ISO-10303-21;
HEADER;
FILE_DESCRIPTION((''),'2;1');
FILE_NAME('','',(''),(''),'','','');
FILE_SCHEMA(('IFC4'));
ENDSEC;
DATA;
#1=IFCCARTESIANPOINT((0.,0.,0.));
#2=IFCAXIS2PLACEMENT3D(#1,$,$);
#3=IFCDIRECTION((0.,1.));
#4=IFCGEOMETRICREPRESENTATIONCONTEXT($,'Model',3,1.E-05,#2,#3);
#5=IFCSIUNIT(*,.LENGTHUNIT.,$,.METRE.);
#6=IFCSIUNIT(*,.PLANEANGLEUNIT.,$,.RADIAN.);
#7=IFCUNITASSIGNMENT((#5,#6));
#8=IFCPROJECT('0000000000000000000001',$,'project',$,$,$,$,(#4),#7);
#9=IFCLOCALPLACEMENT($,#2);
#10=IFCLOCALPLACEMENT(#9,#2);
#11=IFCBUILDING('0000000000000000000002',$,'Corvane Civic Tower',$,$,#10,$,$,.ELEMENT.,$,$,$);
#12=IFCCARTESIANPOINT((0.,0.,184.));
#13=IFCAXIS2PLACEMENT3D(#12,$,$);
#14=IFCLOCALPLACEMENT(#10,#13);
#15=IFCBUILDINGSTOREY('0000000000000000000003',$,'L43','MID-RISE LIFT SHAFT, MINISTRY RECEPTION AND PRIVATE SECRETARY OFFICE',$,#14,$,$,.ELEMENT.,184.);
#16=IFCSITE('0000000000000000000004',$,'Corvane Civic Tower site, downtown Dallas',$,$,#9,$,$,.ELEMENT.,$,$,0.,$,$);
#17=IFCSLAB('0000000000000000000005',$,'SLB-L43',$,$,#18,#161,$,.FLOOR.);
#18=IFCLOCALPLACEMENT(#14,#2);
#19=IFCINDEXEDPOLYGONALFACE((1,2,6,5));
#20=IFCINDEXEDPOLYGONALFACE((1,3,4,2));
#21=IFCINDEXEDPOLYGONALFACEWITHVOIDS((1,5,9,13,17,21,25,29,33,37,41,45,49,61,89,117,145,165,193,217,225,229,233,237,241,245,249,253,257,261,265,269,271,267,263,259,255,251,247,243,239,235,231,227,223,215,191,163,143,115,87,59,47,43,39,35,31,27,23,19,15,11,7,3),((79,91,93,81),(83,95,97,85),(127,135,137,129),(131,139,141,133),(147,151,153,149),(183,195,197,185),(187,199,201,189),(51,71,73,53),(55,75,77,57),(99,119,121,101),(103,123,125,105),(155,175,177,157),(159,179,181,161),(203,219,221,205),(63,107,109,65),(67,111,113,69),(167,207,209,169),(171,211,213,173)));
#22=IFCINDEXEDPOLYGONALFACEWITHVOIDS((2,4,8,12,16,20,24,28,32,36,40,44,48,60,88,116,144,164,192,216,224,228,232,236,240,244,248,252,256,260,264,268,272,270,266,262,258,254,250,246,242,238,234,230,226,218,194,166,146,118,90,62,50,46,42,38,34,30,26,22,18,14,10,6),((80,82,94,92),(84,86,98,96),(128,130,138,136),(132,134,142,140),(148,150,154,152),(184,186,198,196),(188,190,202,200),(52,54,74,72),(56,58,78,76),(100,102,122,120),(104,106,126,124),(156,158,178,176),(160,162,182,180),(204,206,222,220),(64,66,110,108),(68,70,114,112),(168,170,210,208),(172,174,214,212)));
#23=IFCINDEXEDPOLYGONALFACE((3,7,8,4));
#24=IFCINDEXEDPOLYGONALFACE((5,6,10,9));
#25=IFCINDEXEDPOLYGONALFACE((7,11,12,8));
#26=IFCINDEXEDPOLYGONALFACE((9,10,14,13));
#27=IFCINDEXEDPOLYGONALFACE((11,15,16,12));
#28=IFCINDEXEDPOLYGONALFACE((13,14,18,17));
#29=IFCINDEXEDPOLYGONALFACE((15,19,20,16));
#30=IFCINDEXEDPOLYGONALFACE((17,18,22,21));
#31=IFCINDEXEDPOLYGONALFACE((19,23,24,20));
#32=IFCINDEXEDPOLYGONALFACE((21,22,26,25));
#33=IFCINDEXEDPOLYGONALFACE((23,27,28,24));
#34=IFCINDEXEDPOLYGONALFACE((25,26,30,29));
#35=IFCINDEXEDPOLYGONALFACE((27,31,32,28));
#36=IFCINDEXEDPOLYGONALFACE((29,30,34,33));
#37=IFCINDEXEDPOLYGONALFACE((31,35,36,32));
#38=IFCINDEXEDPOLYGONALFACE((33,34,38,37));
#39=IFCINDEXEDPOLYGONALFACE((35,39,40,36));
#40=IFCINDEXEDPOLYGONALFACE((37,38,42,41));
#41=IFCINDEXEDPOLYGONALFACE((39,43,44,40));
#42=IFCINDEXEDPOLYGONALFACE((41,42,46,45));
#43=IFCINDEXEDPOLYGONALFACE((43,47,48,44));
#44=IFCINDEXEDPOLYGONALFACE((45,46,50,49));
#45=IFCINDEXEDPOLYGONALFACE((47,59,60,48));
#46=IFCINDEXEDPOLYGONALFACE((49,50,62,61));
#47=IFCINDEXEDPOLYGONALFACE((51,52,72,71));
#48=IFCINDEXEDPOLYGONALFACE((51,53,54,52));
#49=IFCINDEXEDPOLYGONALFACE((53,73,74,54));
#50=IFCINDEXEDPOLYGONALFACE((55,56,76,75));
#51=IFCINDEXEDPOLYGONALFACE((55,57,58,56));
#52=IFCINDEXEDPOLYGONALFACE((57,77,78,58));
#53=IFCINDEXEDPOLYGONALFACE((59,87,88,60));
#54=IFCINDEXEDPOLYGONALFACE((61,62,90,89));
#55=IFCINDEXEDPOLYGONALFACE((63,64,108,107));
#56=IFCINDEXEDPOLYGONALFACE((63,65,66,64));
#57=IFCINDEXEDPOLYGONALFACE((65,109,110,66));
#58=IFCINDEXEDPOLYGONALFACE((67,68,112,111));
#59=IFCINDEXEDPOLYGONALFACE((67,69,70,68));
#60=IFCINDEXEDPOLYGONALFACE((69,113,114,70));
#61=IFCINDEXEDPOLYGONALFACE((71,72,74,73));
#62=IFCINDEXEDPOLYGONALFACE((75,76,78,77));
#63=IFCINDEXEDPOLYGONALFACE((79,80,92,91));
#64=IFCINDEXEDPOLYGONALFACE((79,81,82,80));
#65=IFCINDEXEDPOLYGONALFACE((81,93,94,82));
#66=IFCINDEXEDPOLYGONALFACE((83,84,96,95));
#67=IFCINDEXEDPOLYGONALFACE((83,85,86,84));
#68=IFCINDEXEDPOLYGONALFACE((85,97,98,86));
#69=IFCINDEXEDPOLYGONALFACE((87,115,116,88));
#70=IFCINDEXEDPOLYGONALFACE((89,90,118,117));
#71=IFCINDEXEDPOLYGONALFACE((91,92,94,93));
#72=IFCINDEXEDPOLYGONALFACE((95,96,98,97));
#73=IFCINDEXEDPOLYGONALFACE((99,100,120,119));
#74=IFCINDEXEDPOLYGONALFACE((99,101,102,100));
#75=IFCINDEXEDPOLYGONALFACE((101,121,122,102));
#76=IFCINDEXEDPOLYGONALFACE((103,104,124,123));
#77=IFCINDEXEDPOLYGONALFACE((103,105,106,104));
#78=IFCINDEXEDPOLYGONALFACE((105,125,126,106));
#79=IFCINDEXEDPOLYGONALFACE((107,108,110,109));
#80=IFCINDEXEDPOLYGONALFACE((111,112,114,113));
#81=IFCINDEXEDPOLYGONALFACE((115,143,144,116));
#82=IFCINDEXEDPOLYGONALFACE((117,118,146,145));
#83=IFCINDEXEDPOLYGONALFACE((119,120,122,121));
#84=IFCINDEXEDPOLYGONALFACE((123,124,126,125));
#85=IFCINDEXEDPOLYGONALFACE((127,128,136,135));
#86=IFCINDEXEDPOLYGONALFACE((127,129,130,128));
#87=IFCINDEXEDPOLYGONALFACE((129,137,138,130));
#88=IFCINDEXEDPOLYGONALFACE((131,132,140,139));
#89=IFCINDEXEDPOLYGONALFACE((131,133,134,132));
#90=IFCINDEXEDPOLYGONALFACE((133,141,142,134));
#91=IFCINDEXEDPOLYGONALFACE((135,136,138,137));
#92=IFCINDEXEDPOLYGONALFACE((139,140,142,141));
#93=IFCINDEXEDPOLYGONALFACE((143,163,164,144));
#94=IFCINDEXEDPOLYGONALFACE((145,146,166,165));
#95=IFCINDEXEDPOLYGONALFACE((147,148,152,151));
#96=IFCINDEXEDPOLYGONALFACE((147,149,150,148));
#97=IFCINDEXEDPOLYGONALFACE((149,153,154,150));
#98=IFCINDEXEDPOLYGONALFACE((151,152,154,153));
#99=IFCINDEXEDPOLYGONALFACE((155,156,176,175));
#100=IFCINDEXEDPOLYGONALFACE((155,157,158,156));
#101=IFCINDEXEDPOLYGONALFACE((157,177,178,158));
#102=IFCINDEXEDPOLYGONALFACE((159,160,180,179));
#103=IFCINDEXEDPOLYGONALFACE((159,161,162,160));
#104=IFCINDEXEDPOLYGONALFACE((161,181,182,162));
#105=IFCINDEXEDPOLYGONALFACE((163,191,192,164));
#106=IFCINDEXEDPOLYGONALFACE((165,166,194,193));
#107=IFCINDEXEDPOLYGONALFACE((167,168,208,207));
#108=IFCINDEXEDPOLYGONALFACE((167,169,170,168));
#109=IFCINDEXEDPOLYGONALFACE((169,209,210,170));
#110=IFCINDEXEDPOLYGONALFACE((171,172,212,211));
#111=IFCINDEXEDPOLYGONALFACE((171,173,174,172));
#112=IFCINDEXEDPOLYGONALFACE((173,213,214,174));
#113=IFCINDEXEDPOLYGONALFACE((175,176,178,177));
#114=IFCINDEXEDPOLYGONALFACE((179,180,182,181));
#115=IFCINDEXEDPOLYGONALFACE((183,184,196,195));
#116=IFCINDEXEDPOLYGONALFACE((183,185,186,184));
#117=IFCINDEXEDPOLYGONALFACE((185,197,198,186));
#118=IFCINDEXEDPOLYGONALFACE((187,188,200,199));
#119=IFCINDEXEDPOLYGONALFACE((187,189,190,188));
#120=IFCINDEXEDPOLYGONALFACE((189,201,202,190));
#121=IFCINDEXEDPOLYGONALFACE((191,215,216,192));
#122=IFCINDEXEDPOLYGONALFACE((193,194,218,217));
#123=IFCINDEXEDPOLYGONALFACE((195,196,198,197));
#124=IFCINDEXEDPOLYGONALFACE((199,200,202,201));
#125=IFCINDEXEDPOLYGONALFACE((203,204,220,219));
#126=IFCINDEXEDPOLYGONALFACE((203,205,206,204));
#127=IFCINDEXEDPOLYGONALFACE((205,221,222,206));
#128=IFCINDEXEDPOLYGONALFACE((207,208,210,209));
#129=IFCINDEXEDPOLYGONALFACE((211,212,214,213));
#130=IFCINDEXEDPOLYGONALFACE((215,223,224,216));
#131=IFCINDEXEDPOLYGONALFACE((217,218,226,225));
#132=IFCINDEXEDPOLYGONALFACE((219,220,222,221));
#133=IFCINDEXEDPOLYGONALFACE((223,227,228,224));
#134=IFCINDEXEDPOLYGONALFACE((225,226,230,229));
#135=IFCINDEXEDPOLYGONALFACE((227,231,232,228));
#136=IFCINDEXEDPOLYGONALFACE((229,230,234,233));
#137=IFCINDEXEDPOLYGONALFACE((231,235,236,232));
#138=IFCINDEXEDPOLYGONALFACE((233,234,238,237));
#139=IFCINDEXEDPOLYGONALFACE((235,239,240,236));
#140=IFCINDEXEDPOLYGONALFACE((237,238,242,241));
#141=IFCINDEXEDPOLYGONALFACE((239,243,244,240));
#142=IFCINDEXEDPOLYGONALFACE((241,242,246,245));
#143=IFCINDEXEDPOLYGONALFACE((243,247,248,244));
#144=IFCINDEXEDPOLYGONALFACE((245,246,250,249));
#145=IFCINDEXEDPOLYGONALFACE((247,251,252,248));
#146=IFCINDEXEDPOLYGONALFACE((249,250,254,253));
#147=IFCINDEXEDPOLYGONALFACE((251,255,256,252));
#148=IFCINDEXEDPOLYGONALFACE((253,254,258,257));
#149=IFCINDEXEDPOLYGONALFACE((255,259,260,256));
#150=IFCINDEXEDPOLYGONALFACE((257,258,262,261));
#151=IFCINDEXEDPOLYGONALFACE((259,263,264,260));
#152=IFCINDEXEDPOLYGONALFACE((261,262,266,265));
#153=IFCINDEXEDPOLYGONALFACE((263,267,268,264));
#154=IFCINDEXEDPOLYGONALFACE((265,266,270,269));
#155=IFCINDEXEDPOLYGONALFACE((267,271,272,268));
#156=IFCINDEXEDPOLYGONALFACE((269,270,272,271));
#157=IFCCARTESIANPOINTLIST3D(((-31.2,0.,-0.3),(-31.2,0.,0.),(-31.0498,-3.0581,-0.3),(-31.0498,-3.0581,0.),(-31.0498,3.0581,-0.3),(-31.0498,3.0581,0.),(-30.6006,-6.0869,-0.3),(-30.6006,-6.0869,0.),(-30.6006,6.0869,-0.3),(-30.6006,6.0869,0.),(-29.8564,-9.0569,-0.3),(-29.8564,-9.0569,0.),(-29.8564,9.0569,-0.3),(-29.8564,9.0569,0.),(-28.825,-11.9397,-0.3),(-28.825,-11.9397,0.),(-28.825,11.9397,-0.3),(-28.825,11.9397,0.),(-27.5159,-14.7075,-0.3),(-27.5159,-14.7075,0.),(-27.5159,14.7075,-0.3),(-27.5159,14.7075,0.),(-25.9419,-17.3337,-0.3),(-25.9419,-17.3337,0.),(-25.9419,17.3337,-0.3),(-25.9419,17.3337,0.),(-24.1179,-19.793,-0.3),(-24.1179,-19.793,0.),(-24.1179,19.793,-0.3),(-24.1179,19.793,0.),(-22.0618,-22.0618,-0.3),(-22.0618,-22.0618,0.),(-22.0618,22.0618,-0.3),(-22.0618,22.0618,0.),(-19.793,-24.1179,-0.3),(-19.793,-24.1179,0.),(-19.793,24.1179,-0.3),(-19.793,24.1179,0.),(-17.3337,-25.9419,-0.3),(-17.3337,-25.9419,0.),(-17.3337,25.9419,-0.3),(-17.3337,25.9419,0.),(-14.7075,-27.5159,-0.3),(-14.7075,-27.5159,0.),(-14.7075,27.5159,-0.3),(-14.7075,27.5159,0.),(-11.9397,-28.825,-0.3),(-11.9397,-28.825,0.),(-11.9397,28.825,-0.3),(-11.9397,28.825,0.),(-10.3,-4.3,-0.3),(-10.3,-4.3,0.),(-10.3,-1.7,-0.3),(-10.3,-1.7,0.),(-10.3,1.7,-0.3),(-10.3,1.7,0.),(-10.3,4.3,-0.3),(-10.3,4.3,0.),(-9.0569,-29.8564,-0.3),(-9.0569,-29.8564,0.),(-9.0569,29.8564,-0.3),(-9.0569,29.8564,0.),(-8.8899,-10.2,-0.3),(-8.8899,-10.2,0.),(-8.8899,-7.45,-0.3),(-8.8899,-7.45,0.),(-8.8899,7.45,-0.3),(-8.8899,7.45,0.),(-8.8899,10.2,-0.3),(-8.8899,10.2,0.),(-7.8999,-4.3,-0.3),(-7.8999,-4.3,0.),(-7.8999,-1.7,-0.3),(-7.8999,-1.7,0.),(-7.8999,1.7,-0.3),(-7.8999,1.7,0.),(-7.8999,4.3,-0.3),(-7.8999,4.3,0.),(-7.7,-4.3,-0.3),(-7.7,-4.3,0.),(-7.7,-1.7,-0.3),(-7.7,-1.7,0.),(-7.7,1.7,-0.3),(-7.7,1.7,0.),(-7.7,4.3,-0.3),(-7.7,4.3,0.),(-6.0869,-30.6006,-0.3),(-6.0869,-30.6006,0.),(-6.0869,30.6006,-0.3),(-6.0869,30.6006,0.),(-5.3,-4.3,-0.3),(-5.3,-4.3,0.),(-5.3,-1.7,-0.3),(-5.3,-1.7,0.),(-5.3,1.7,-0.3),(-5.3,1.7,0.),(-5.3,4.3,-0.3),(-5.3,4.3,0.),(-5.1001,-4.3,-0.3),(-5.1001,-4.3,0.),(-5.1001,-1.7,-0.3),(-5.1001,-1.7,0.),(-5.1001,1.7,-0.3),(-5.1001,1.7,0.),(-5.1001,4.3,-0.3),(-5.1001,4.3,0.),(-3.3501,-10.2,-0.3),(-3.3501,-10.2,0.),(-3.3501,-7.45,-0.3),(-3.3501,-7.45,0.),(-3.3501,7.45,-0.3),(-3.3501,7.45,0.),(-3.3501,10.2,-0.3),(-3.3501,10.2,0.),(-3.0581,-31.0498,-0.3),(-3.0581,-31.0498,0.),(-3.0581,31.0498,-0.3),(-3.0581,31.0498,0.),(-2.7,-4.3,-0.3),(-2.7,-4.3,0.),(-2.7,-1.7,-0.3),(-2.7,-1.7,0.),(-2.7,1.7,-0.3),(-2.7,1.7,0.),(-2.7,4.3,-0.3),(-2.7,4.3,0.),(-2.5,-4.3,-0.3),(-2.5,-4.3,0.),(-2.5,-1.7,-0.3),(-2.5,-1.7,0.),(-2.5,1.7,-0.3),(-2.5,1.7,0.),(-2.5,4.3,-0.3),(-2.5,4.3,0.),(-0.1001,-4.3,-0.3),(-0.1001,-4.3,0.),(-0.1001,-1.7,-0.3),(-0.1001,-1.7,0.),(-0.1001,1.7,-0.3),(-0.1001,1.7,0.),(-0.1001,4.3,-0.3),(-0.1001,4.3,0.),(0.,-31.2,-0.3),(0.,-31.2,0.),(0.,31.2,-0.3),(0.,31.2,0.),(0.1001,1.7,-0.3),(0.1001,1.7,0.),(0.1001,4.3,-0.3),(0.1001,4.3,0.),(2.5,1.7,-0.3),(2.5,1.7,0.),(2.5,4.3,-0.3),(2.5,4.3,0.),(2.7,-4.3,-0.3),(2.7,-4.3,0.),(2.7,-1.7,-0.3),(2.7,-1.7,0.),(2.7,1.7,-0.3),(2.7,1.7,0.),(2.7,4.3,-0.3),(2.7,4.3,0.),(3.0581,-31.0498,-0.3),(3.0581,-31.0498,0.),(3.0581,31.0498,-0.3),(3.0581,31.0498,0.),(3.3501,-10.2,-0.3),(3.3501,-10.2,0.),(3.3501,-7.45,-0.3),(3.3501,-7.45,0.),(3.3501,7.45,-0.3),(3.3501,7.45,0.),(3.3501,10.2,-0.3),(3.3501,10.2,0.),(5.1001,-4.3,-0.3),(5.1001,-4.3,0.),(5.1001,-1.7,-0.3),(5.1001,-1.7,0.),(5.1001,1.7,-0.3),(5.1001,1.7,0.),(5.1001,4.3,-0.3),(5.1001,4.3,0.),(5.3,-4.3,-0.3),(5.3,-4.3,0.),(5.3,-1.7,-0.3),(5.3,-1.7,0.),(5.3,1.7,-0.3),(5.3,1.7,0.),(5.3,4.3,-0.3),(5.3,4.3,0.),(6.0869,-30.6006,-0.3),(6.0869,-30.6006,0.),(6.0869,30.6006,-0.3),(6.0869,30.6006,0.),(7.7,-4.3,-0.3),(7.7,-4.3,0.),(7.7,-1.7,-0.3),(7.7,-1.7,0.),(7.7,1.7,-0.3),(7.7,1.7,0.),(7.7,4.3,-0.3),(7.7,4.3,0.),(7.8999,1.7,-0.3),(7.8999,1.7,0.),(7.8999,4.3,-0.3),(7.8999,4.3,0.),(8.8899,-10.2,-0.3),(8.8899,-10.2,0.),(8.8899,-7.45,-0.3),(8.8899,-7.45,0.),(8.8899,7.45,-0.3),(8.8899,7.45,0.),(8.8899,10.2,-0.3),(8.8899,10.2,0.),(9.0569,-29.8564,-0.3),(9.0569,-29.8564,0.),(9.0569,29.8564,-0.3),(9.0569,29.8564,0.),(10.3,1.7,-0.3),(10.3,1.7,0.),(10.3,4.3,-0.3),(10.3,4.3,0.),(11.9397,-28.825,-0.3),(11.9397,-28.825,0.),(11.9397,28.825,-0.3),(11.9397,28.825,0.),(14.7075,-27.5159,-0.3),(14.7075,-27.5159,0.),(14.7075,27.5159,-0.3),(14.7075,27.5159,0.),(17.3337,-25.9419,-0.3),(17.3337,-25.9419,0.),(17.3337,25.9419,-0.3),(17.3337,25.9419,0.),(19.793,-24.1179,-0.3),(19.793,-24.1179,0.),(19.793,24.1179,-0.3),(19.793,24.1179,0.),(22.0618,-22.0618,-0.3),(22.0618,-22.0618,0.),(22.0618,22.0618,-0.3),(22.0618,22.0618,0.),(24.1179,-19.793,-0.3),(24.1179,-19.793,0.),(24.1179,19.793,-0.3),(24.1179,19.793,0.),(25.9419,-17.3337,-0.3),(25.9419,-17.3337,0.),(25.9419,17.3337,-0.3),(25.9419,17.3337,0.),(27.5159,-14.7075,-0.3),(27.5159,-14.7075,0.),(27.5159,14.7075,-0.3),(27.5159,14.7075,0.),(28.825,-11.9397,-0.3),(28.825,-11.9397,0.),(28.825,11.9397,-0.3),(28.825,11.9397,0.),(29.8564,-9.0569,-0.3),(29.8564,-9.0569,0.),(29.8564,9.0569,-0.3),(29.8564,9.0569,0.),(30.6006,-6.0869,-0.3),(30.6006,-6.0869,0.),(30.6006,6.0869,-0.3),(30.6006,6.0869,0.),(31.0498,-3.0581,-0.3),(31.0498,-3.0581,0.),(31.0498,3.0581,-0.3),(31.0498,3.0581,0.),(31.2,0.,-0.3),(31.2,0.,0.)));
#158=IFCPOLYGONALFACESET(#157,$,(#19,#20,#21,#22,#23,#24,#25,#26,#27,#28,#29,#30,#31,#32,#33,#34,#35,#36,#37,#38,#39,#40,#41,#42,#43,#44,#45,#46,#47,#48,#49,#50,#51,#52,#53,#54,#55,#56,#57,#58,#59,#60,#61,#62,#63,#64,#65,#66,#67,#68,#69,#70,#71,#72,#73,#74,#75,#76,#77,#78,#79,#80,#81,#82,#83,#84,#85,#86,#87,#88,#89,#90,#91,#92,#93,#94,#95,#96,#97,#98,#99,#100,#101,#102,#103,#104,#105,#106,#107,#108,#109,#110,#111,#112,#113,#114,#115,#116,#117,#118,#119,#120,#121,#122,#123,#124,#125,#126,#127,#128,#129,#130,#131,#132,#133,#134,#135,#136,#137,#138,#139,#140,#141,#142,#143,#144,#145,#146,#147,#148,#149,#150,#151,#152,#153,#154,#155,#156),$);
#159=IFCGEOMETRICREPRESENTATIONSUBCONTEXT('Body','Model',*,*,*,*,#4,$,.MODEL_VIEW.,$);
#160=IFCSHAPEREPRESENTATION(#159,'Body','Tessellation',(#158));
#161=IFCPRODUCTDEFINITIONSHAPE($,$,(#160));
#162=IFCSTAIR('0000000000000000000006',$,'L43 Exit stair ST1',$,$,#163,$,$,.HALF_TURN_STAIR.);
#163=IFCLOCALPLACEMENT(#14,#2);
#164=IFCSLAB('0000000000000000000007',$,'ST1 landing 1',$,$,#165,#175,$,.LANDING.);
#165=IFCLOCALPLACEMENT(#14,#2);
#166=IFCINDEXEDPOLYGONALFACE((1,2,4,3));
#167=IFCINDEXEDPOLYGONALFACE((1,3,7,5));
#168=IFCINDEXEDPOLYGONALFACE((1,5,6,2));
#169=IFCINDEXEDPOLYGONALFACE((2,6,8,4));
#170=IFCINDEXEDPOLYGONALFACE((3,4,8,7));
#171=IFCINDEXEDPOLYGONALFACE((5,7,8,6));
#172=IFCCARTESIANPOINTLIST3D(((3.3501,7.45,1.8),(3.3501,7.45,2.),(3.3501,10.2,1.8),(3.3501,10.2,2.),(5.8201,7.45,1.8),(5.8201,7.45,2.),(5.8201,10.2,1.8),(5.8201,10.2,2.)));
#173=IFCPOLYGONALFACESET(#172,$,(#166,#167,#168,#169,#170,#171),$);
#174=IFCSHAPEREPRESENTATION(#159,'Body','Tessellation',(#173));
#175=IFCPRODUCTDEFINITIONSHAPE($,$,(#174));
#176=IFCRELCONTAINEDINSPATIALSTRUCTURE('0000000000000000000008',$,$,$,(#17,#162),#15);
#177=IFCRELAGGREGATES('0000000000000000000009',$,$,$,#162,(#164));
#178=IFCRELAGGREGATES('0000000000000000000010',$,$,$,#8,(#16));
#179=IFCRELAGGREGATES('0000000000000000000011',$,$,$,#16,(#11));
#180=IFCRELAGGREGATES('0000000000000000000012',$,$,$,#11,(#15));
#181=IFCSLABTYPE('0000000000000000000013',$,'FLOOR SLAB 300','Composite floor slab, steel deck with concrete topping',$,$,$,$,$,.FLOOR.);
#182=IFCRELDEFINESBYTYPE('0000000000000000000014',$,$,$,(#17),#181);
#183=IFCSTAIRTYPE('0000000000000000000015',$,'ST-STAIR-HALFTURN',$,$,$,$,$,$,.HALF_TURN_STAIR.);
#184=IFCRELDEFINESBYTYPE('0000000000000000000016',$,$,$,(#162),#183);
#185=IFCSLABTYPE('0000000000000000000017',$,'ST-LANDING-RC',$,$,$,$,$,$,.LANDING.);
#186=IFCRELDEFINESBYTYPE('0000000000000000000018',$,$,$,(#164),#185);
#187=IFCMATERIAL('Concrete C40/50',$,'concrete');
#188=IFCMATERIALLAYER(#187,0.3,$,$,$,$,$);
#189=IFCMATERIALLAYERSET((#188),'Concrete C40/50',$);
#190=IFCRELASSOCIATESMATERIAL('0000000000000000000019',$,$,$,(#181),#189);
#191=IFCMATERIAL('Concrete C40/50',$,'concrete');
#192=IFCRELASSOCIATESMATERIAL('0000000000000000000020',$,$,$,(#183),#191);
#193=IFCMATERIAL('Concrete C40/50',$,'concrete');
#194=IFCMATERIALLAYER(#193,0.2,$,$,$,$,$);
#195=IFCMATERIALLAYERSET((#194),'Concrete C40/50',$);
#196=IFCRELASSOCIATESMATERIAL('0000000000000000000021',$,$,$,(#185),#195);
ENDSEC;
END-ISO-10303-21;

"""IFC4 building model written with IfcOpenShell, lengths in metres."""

from ifc_helpers import new_model, si_unit, direction, frame, origin, place, context, subcontext, project, spatial, polyline, outline, extrude, material, layer, layer_set, type_object, element, aggregate, save


model = new_model("IFC4")

# Units and contexts
model_context = context("Model", 3, precision=1e-05, world=origin(), true_north=direction((0.0, 1.0)))
body_context = subcontext(model_context, "Body", "Model", "MODEL_VIEW")
ifc_project = project(units=[si_unit("LENGTHUNIT", "METRE"), si_unit("PLANEANGLEUNIT", "RADIAN")], contexts=[model_context])

# Site, building, storey
site_placement = place(None, origin())
site = spatial("IfcSite", under=ifc_project, at=site_placement, Name="Corvane Civic Tower site, downtown Dallas", CompositionType="ELEMENT", RefElevation=0.0)
building_placement = place(site_placement, origin())
building = spatial("IfcBuilding", under=site, at=building_placement, Name="Corvane Civic Tower", CompositionType="ELEMENT")
storey_placement = place(building_placement, frame((0.0, 0.0, 184.0)))
storey = spatial("IfcBuildingStorey", under=building, at=storey_placement, Name="L43", Description="MID-RISE LIFT SHAFT, MINISTRY RECEPTION AND PRIVATE SECRETARY OFFICE", CompositionType="ELEMENT", Elevation=184.0)

# Slab
ifc_material_1 = material(Name="Concrete C40/50", Category="concrete")
ifc_layer_1 = layer(ifc_material_1, 0.3)
ifc_layer_set_1 = layer_set([ifc_layer_1], Name="Concrete C40/50")
slab_type_1 = type_object("IfcSlabType", Name="FLOOR SLAB 300", Description="Composite floor slab, steel deck with concrete topping", PredefinedType="FLOOR", material=ifc_layer_set_1)
slab_1_placement = place(storey_placement, frame((0.0, 0.0, -0.3)))
element("IfcSlab", 1, at=slab_1_placement, inside=storey, type_object=slab_type_1, Name="SLB-L43", PredefinedType="FLOOR", context=body_context, shape_type="SweptSolid", body=[
    extrude(outline(polyline([(0.0, 31.2), (-3.0581, 31.0498), (-6.0869, 30.6006), (-9.0569, 29.8564), (-11.9397, 28.825), (-14.7075, 27.5159), (-17.3337, 25.9419), (-19.793, 24.1179), (-22.0618, 22.0618), (-24.1179, 19.793), (-25.9419, 17.3337), (-27.5159, 14.7075), (-28.825, 11.9397), (-29.8564, 9.0569), (-30.6006, 6.0869), (-31.0498, 3.0581), (-31.2, 0.0), (-31.0498, -3.0581), (-30.6006, -6.0869), (-29.8564, -9.0569), (-28.825, -11.9397), (-27.5159, -14.7075), (-25.9419, -17.3337), (-24.1179, -19.793), (-22.0618, -22.0618), (-19.793, -24.1179), (-17.3337, -25.9419), (-14.7075, -27.5159), (-11.9397, -28.825), (-9.0569, -29.8564), (-6.0869, -30.6006), (-3.0581, -31.0498), (0.0, -31.2), (3.0581, -31.0498), (6.0869, -30.6006), (9.0569, -29.8564), (11.9397, -28.825), (14.7075, -27.5159), (17.3337, -25.9419), (19.793, -24.1179), (22.0618, -22.0618), (24.1179, -19.793), (25.9419, -17.3337), (27.5159, -14.7075), (28.825, -11.9397), (29.8564, -9.0569), (30.6006, -6.0869), (31.0498, -3.0581), (31.2, 0.0), (31.0498, 3.0581), (30.6006, 6.0869), (29.8564, 9.0569), (28.825, 11.9397), (27.5159, 14.7075), (25.9419, 17.3337), (24.1179, 19.793), (22.0618, 22.0618), (19.793, 24.1179), (17.3337, 25.9419), (14.7075, 27.5159), (11.9397, 28.825), (9.0569, 29.8564), (6.0869, 30.6006), (3.0581, 31.0498), (0.0, 31.2)]), holes=[polyline([(-10.3, 4.3), (-7.8999, 4.3), (-7.8999, 1.7), (-10.3, 1.7), (-10.3, 4.3)]), polyline([(-7.7, 4.3), (-5.3, 4.3), (-5.3, 1.7), (-7.7, 1.7), (-7.7, 4.3)]), polyline([(-5.1001, 4.3), (-2.7, 4.3), (-2.7, 1.7), (-5.1001, 1.7), (-5.1001, 4.3)]), polyline([(-0.1001, 1.7), (-2.5, 1.7), (-2.5, 4.3), (-0.1001, 4.3), (-0.1001, 1.7)]), polyline([(2.5, 1.7), (0.1001, 1.7), (0.1001, 4.3), (2.5, 4.3), (2.5, 1.7)]), polyline([(2.7, 4.3), (5.1001, 4.3), (5.1001, 1.7), (2.7, 1.7), (2.7, 4.3)]), polyline([(5.3, 4.3), (7.7, 4.3), (7.7, 1.7), (5.3, 1.7), (5.3, 4.3)]), polyline([(7.8999, 4.3), (10.3, 4.3), (10.3, 1.7), (7.8999, 1.7), (7.8999, 4.3)]), polyline([(-7.8999, -1.7), (-7.8999, -4.3), (-10.3, -4.3), (-10.3, -1.7), (-7.8999, -1.7)]), polyline([(-7.7, -4.3), (-7.7, -1.7), (-5.3, -1.7), (-5.3, -4.3), (-7.7, -4.3)]), polyline([(-5.1001, -4.3), (-5.1001, -1.7), (-2.7, -1.7), (-2.7, -4.3), (-5.1001, -4.3)]), polyline([(-0.1001, -1.7), (-0.1001, -4.3), (-2.5, -4.3), (-2.5, -1.7), (-0.1001, -1.7)]), polyline([(5.1001, -1.7), (5.1001, -4.3), (2.7, -4.3), (2.7, -1.7), (5.1001, -1.7)]), polyline([(7.7, -1.7), (7.7, -4.3), (5.3, -4.3), (5.3, -1.7), (7.7, -1.7)]), polyline([(8.8899, 10.2), (8.8899, 7.45), (3.3501, 7.45), (3.3501, 10.2), (8.8899, 10.2)]), polyline([(-8.8899, 7.45), (-8.8899, 10.2), (-3.3501, 10.2), (-3.3501, 7.45), (-8.8899, 7.45)]), polyline([(8.8899, -7.45), (8.8899, -10.2), (3.3501, -10.2), (3.3501, -7.45), (8.8899, -7.45)]), polyline([(-8.8899, -10.2), (-8.8899, -7.45), (-3.3501, -7.45), (-3.3501, -10.2), (-8.8899, -10.2)])]), origin(), (0.0, 0.0, 1.0), 0.3),
])

# Stair, slab
ifc_material_2 = material(Name="Concrete C40/50", Category="concrete")
stair_type = type_object("IfcStairType", Name="ST-STAIR-HALFTURN", PredefinedType="HALF_TURN_STAIR", material=ifc_material_2)
stair_1_placement = place(storey_placement, origin())
stair_1 = element("IfcStair", 2, at=stair_1_placement, inside=storey, type_object=stair_type, Name="L43 Exit stair ST1", PredefinedType="HALF_TURN_STAIR")
ifc_material_3 = material(Name="Concrete C40/50", Category="concrete")
ifc_layer_2 = layer(ifc_material_3, 0.2)
ifc_layer_set_2 = layer_set([ifc_layer_2], Name="Concrete C40/50")
slab_type_2 = type_object("IfcSlabType", Name="ST-LANDING-RC", PredefinedType="LANDING", material=ifc_layer_set_2)
slab_2_placement = place(storey_placement, frame((0.0, 0.0, 1.8)))
slab_2 = element("IfcSlab", 3, at=slab_2_placement, type_object=slab_type_2, Name="ST1 landing 1", PredefinedType="LANDING", context=body_context, shape_type="SweptSolid", body=[
    extrude(outline(polyline([(5.8201, 10.2), (3.3501, 10.2), (3.3501, 7.45), (5.8201, 7.45), (5.8201, 10.2)])), origin(), (0.0, 0.0, 1.0), 0.2),
])
aggregate(stair_1, [slab_2])

save(model, "model.ifc")
